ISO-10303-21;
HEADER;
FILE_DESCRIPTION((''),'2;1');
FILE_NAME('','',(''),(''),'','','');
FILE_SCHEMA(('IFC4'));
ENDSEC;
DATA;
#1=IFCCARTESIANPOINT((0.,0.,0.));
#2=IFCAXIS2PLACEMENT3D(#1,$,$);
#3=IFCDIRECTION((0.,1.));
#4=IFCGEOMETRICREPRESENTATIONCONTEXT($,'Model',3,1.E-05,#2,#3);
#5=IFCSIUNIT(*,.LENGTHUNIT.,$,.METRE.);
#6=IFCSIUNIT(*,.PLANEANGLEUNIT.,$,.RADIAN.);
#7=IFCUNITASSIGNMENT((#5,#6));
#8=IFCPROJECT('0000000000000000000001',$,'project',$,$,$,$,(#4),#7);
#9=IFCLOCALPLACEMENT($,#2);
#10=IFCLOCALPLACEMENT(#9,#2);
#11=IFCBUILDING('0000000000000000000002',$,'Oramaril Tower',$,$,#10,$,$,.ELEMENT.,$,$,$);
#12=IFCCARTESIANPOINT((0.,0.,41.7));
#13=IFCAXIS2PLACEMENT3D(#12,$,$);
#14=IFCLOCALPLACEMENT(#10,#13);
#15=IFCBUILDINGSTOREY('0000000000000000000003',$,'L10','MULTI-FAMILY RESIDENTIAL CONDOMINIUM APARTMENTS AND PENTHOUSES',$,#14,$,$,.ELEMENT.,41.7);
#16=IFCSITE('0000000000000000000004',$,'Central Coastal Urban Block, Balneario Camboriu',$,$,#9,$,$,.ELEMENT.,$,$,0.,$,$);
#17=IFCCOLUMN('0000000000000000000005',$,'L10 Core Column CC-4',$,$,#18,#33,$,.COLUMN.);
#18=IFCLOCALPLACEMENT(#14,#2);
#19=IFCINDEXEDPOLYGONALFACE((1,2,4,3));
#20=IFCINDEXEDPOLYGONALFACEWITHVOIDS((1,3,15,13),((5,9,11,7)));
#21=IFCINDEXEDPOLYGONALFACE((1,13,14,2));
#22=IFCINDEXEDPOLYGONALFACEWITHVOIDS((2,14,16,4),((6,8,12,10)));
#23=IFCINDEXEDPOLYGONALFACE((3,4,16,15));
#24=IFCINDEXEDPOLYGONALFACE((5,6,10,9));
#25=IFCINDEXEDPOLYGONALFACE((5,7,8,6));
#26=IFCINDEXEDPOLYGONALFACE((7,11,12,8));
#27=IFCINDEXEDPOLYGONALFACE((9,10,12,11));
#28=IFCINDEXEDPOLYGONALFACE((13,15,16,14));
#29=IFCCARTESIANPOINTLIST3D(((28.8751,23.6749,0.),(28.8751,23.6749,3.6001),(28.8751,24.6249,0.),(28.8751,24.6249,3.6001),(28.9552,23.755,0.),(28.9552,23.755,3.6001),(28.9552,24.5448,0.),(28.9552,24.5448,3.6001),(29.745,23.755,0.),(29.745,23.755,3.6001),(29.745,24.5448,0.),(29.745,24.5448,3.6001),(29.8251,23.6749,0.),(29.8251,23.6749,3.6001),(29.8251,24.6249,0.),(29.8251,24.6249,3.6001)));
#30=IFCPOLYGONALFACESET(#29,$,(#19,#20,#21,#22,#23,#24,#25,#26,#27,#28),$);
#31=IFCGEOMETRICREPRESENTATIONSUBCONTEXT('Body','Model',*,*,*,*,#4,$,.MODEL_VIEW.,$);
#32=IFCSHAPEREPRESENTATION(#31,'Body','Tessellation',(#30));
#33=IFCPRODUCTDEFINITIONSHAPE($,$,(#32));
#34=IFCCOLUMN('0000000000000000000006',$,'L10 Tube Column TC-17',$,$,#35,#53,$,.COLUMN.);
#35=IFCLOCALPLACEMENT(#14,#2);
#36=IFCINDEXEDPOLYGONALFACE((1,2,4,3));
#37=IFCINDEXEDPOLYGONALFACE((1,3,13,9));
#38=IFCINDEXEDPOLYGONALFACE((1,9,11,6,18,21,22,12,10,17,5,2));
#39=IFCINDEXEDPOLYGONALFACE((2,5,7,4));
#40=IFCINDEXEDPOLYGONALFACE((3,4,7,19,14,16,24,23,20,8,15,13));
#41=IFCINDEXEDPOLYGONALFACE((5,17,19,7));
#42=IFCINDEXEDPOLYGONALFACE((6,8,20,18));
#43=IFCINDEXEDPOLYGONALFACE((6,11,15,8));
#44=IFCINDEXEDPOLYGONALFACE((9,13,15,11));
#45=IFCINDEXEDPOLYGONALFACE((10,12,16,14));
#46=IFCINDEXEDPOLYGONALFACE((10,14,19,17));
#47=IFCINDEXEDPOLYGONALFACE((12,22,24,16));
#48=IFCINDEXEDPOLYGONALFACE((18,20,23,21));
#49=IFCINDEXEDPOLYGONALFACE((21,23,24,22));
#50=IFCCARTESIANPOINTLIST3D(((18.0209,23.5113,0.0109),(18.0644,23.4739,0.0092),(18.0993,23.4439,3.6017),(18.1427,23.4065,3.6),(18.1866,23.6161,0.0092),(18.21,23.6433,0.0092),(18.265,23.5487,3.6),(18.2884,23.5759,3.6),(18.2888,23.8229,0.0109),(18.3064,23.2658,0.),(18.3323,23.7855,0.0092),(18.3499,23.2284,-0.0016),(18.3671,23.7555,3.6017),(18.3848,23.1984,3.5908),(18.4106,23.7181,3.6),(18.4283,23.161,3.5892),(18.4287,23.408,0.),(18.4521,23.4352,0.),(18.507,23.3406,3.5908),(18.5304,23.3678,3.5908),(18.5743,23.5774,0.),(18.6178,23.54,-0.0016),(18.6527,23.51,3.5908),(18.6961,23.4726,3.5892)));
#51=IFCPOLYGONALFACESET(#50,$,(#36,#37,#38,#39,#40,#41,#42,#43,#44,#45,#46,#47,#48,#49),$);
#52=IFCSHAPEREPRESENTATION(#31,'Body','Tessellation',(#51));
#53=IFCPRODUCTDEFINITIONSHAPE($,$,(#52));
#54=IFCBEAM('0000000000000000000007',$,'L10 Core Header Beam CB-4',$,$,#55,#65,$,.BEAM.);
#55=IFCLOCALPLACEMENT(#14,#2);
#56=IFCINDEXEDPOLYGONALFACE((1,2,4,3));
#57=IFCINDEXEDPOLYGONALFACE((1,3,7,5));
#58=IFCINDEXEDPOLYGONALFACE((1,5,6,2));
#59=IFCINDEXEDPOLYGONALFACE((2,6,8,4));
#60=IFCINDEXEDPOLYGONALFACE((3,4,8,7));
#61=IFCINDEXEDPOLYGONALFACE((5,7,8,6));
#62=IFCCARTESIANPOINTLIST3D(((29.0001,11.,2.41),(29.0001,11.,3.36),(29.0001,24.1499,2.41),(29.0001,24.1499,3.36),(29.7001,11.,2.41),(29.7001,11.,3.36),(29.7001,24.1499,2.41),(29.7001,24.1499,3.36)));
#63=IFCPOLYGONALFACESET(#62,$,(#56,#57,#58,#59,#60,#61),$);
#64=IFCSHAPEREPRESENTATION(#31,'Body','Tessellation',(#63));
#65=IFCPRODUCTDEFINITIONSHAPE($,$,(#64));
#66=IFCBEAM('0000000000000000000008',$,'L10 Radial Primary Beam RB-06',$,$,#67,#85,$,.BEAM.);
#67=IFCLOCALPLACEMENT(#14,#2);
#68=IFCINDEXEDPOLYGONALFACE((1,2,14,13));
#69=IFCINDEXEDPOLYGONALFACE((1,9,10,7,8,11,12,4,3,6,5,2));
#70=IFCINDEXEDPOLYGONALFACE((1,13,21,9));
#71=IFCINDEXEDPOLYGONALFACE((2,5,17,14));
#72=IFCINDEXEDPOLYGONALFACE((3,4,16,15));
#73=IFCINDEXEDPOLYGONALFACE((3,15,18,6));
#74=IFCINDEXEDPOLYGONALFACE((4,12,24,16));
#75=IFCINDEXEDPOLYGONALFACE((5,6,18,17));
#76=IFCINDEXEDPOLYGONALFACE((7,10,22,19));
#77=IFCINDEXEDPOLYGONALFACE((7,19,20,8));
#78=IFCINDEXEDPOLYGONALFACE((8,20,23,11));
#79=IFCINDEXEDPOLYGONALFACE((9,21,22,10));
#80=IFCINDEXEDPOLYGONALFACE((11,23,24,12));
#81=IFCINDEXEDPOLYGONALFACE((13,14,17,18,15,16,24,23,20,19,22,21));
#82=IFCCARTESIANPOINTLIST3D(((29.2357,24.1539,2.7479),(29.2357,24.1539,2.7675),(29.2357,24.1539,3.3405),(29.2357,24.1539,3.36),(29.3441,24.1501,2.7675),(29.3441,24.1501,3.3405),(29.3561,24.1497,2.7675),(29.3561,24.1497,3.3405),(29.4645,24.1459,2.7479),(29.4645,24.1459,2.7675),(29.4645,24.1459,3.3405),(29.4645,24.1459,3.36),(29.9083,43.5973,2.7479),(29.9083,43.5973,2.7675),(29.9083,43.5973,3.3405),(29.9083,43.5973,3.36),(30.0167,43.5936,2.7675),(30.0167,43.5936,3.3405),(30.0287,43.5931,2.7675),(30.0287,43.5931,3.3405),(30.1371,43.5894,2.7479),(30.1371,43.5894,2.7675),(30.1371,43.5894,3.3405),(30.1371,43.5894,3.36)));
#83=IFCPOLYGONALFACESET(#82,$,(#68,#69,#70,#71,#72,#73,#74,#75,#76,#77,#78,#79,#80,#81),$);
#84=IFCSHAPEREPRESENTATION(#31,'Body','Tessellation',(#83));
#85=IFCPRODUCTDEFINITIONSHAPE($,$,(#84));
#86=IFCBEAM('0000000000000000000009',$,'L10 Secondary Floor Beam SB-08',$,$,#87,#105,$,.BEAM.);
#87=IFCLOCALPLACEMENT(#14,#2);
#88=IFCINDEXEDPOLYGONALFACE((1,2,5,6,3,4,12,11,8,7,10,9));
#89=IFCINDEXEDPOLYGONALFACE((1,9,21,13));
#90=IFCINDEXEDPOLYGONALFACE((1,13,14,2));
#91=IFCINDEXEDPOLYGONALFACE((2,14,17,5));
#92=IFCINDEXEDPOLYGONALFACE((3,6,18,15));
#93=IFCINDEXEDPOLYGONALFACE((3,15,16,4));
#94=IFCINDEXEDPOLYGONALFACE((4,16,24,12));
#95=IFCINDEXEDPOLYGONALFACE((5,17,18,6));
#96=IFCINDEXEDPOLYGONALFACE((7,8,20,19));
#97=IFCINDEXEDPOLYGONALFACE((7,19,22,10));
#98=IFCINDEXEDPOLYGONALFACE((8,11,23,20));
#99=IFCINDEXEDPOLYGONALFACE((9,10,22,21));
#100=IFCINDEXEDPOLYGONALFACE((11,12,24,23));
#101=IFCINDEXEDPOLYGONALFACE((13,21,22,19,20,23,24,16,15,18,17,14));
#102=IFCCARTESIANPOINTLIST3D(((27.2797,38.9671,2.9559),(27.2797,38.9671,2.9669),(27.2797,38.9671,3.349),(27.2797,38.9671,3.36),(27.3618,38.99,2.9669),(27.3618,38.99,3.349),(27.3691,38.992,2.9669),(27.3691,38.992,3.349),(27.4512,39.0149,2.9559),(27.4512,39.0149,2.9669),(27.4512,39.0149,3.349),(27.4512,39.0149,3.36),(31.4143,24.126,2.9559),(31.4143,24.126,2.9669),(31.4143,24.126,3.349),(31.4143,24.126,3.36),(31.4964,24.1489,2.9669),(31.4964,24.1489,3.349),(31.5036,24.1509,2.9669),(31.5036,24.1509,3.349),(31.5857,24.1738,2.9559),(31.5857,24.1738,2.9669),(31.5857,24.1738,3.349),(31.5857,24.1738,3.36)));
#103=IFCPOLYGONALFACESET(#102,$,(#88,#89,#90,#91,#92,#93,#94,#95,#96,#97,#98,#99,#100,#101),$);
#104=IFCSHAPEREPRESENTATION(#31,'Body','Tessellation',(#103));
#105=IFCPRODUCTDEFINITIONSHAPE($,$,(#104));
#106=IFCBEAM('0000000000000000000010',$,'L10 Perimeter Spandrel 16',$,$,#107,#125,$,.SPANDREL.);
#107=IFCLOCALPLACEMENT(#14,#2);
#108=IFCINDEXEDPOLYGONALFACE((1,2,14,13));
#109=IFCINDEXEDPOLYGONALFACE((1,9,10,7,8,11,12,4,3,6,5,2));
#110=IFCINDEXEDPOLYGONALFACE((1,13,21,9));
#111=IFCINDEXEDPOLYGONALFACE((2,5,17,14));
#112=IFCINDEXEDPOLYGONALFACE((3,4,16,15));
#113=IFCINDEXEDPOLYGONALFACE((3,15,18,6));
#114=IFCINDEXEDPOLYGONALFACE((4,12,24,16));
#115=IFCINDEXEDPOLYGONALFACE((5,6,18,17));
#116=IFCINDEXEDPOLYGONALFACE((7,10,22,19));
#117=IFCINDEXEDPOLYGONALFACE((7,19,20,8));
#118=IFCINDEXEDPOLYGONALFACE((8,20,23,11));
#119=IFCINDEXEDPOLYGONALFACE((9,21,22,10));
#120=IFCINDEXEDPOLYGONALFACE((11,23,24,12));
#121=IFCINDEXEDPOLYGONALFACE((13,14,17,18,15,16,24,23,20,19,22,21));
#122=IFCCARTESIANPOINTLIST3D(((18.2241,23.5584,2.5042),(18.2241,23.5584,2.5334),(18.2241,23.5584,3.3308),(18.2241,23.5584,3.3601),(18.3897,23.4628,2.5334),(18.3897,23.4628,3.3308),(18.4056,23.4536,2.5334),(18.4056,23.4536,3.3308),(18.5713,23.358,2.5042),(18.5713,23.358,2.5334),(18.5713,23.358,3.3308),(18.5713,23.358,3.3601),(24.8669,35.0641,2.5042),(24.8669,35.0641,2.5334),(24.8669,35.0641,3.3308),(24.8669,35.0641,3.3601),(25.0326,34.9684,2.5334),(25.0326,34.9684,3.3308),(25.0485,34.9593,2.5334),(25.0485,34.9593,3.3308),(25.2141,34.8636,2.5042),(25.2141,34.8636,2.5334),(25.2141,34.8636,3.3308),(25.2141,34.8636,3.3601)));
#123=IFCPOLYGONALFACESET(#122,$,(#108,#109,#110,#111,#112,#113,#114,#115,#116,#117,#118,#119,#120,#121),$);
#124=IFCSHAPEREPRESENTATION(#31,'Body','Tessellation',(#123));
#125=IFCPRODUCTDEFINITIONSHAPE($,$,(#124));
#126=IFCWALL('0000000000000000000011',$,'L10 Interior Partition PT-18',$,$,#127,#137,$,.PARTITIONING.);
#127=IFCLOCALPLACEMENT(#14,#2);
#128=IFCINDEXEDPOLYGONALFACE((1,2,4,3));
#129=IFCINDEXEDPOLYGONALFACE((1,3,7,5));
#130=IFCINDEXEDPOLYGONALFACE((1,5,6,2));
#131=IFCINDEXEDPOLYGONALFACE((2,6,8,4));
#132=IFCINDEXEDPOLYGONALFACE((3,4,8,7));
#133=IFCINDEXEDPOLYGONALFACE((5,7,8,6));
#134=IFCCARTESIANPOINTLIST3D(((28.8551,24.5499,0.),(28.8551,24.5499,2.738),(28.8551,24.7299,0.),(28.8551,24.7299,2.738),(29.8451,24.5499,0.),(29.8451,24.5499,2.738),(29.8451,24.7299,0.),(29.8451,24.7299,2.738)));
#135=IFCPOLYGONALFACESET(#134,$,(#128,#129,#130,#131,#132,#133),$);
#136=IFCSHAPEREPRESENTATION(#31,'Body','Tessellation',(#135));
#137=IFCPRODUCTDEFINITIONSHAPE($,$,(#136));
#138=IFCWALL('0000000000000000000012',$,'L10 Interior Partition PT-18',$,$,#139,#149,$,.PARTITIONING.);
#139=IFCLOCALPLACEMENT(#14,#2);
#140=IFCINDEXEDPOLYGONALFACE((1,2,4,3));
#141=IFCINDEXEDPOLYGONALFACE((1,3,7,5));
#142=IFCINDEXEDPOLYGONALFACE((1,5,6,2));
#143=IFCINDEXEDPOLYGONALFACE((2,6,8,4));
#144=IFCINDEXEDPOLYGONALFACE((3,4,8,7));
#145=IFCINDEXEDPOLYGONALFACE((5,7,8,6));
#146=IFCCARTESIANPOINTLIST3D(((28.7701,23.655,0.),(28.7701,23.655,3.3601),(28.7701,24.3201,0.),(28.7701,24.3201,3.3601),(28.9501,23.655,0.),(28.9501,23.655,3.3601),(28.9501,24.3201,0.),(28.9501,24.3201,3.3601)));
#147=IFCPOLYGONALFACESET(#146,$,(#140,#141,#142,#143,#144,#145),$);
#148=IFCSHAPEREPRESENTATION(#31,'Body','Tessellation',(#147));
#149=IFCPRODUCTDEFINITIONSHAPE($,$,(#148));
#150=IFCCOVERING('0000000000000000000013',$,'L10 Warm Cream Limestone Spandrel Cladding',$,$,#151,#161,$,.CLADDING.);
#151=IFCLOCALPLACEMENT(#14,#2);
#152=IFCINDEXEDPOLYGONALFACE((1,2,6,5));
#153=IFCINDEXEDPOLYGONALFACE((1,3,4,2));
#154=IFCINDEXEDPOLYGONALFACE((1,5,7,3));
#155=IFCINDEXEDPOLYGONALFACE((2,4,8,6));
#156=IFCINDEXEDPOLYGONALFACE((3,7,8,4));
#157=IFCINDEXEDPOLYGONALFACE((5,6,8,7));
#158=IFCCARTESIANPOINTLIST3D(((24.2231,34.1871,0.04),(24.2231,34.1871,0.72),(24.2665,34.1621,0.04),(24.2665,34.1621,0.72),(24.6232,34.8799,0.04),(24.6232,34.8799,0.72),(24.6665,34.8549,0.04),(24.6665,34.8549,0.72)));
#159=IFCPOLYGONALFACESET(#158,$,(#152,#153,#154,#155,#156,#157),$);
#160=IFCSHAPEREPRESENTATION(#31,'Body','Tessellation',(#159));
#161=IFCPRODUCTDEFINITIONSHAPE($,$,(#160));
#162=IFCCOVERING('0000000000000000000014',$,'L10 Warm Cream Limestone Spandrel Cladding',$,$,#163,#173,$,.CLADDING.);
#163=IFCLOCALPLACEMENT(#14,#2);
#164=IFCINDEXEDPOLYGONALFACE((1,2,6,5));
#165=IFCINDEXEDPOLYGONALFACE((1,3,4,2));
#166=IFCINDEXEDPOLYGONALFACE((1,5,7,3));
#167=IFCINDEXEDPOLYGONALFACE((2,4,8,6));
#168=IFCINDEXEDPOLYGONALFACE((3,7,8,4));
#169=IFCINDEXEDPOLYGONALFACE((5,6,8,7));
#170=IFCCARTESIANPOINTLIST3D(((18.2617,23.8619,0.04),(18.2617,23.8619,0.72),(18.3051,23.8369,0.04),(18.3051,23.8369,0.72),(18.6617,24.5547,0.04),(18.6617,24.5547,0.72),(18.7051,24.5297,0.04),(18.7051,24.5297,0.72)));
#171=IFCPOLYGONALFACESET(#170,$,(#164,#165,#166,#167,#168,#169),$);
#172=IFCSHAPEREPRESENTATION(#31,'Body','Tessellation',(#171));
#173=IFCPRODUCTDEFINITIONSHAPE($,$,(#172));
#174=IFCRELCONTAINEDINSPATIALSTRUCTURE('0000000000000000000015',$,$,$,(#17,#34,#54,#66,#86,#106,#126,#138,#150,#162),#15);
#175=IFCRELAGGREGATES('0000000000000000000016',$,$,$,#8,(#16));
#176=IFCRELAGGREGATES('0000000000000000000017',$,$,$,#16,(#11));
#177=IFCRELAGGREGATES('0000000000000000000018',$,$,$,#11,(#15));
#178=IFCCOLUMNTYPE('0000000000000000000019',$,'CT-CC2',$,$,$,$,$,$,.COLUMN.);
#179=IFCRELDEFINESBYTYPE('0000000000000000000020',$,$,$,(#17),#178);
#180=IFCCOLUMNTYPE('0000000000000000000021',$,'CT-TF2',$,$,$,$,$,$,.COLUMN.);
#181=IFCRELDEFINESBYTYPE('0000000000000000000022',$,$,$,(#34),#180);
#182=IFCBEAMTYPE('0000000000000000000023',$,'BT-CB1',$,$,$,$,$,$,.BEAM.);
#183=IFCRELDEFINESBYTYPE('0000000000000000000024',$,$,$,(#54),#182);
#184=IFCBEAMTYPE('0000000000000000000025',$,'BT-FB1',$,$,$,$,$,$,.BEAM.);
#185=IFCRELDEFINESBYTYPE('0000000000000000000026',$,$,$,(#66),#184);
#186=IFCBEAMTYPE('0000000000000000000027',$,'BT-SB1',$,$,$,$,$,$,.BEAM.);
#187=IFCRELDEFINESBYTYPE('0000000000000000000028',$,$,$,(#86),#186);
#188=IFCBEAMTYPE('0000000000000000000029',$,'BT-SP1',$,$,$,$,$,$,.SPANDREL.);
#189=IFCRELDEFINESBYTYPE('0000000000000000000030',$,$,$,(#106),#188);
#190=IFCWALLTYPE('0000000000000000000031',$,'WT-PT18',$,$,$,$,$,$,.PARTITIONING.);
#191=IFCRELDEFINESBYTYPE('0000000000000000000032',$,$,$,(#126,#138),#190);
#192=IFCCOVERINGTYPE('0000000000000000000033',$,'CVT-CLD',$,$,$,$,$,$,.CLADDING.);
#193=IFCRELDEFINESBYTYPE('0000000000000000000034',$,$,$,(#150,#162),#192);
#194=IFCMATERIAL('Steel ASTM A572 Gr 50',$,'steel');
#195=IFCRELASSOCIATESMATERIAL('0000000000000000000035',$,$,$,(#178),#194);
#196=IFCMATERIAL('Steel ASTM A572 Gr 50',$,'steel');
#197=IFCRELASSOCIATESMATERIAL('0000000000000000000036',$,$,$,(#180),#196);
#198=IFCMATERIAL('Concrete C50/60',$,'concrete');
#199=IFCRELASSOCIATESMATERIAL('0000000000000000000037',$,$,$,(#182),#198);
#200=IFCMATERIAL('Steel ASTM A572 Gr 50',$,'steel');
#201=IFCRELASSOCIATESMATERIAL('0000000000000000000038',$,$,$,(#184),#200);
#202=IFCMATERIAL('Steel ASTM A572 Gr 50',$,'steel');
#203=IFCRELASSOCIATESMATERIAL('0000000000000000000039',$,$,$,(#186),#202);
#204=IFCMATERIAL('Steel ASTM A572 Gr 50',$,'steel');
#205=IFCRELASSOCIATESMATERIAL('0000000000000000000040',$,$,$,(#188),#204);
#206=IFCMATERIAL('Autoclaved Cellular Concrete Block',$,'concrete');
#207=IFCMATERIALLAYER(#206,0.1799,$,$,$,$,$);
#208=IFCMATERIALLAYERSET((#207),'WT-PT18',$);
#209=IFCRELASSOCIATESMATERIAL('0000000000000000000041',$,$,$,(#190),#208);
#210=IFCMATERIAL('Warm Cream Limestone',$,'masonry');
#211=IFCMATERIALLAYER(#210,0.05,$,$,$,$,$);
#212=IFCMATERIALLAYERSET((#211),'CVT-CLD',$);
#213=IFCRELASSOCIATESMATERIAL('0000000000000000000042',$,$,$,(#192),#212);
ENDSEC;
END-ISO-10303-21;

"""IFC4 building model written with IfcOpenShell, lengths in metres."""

from ifc_helpers import new_model, si_unit, direction, frame, frame_2d, origin, origin_2d, place, context, subcontext, project, spatial, rectangle, hollow_rectangle, i_section, extrude, material, layer, layer_set, material_profile, profile_set, type_object, element, save


model = new_model("IFC4")

# Units and contexts
model_context = context("Model", 3, precision=1e-05, world=origin(), true_north=direction((0.0, 1.0)))
body_context = subcontext(model_context, "Body", "Model", "MODEL_VIEW")
ifc_project = project(units=[si_unit("LENGTHUNIT", "METRE"), si_unit("PLANEANGLEUNIT", "RADIAN")], contexts=[model_context])

# Site, building, storey
site_placement = place(None, origin())
site = spatial("IfcSite", under=ifc_project, at=site_placement, Name="Central Coastal Urban Block, Balneario Camboriu", CompositionType="ELEMENT", RefElevation=0.0)
building_placement = place(site_placement, origin())
building = spatial("IfcBuilding", under=site, at=building_placement, Name="Oramaril Tower", CompositionType="ELEMENT")
storey_placement = place(building_placement, frame((0.0, 0.0, 41.7)))
storey = spatial("IfcBuildingStorey", under=building, at=storey_placement, Name="L10", Description="MULTI-FAMILY RESIDENTIAL CONDOMINIUM APARTMENTS AND PENTHOUSES", CompositionType="ELEMENT", Elevation=41.7)

# Columns
ifc_material_1 = material(Name="Steel ASTM A572 Gr 50", Category="steel")
ifc_material_profile_1 = material_profile(ifc_material_1, hollow_rectangle(XDim=0.95, YDim=0.95, WallThickness=0.0801, at=origin_2d()), Name="BOX950X950X80")
ifc_profile_set_1 = profile_set([ifc_material_profile_1], Name="Steel ASTM A572 Gr 50")
column_type_1 = type_object("IfcColumnType", Name="CT-CC2", PredefinedType="COLUMN", material=ifc_profile_set_1)
column_1_placement = place(storey_placement, frame((29.3501, 24.1499, 0.0), z_axis=(0.0, 0.0, 1.0), x_axis=(1.0, 0.0, 0.0)))
element("IfcColumn", 1, at=column_1_placement, inside=storey, type_object=column_type_1, Name="L10 Core Column CC-4", PredefinedType="COLUMN", context=body_context, shape_type="SweptSolid", body=[
    extrude(hollow_rectangle(XDim=0.95, YDim=0.95, WallThickness=0.0801, at=origin_2d()), origin(), (0.0, 0.0, 1.0), 3.6001),
])
ifc_material_2 = material(Name="Steel ASTM A572 Gr 50", Category="steel")
ifc_material_profile_2 = material_profile(ifc_material_2, i_section(OverallWidth=0.4109, OverallDepth=0.4341, WebThickness=0.0359, FlangeThickness=0.0574, at=origin_2d()), Name="W14X311")
ifc_profile_set_2 = profile_set([ifc_material_profile_2], Name="Steel ASTM A572 Gr 50")
column_type_2 = type_object("IfcColumnType", Name="CT-TF2", PredefinedType="COLUMN", material=ifc_profile_set_2)
column_2_placement = place(storey_placement, frame((18.3193, 23.5256, 0.0046), z_axis=(0.021816, -0.018758, 0.999586), x_axis=(0.651958, 0.758255, 0.0)))
element("IfcColumn", 2, at=column_2_placement, inside=storey, type_object=column_type_2, Name="L10 Tube Column TC-17", PredefinedType="COLUMN", context=body_context, shape_type="SweptSolid", body=[
    extrude(i_section(OverallWidth=0.4109, OverallDepth=0.4341, WebThickness=0.0359, FlangeThickness=0.0574, at=origin_2d()), origin(), (0.0, 0.0, 1.0), 3.5923),
])

# Beams
ifc_material_3 = material(Name="Concrete C50/60", Category="concrete")
ifc_material_profile_3 = material_profile(ifc_material_3, rectangle(XDim=0.7, YDim=0.95, at=origin_2d()), Name="CB700X950")
ifc_profile_set_3 = profile_set([ifc_material_profile_3], Name="Concrete C50/60")
beam_type_1 = type_object("IfcBeamType", Name="BT-CB1", PredefinedType="BEAM", material=ifc_profile_set_3)
beam_1_placement = place(storey_placement, frame((29.3501, 24.1499, 2.885), z_axis=(0.0, -1.0, 0.0), x_axis=(1.0, 0.0, 0.0)))
element("IfcBeam", 3, at=beam_1_placement, inside=storey, type_object=beam_type_1, Name="L10 Core Header Beam CB-4", PredefinedType="BEAM", context=body_context, shape_type="SweptSolid", body=[
    extrude(rectangle(XDim=0.7, YDim=0.95, at=origin_2d()), origin(), (0.0, 0.0, 1.0), 13.1499),
])
ifc_material_4 = material(Name="Steel ASTM A572 Gr 50", Category="steel")
ifc_material_profile_4 = material_profile(ifc_material_4, i_section(OverallWidth=0.229, OverallDepth=0.6121, WebThickness=0.012, FlangeThickness=0.0195, at=origin_2d()), Name="W24X84")
ifc_profile_set_4 = profile_set([ifc_material_profile_4], Name="Steel ASTM A572 Gr 50")
beam_type_2 = type_object("IfcBeamType", Name="BT-FB1", PredefinedType="BEAM", material=ifc_profile_set_4)
beam_2_placement = place(storey_placement, frame((29.3501, 24.1499, 3.054), z_axis=(0.034572, 0.999402, 0.0), x_axis=(-0.999402, 0.034572, 0.0)))
element("IfcBeam", 4, at=beam_2_placement, inside=storey, type_object=beam_type_2, Name="L10 Radial Primary Beam RB-06", PredefinedType="BEAM", context=body_context, shape_type="SweptSolid", body=[
    extrude(i_section(OverallWidth=0.229, OverallDepth=0.6121, WebThickness=0.012, FlangeThickness=0.0195, at=origin_2d()), origin(), (0.0, 0.0, 1.0), 19.4551),
])
ifc_material_5 = material(Name="Steel ASTM A572 Gr 50", Category="steel")
ifc_material_profile_5 = material_profile(ifc_material_5, i_section(OverallWidth=0.178, OverallDepth=0.4041, WebThickness=0.0076, FlangeThickness=0.011, at=origin_2d()), Name="W16X36")
ifc_profile_set_5 = profile_set([ifc_material_profile_5], Name="Steel ASTM A572 Gr 50")
beam_type_3 = type_object("IfcBeamType", Name="BT-SB1", PredefinedType="BEAM", material=ifc_profile_set_5)
beam_3_placement = place(storey_placement, frame((31.5, 24.1499, 3.158), z_axis=(-0.268367, 0.963317, 0.0), x_axis=(-0.963317, -0.268367, 0.0)))
element("IfcBeam", 5, at=beam_3_placement, inside=storey, type_object=beam_type_3, Name="L10 Secondary Floor Beam SB-08", PredefinedType="BEAM", context=body_context, shape_type="SweptSolid", body=[
    extrude(i_section(OverallWidth=0.178, OverallDepth=0.4041, WebThickness=0.0076, FlangeThickness=0.011, at=origin_2d()), origin(), (0.0, 0.0, 1.0), 15.4062),
])
ifc_material_6 = material(Name="Steel ASTM A572 Gr 50", Category="steel")
ifc_material_profile_6 = material_profile(ifc_material_6, i_section(OverallWidth=0.4009, OverallDepth=0.856, WebThickness=0.0183, FlangeThickness=0.0293, at=origin_2d()), Name="W33X201")
ifc_profile_set_6 = profile_set([ifc_material_profile_6], Name="Steel ASTM A572 Gr 50")
beam_type_4 = type_object("IfcBeamType", Name="BT-SP1", PredefinedType="SPANDREL", material=ifc_profile_set_6)
beam_4_placement = place(storey_placement, frame((25.0405, 34.9639, 2.9321), z_axis=(-0.500003, -0.866024, 0.0), x_axis=(0.866024, -0.500003, 0.0)))
element("IfcBeam", 6, at=beam_4_placement, inside=storey, type_object=beam_type_4, Name="L10 Perimeter Spandrel 16", PredefinedType="SPANDREL", context=body_context, shape_type="SweptSolid", body=[
    extrude(i_section(OverallWidth=0.4009, OverallDepth=0.856, WebThickness=0.0183, FlangeThickness=0.0293, at=origin_2d()), origin(), (0.0, 0.0, 1.0), 13.2856),
])

# Wall
ifc_material_7 = material(Name="Autoclaved Cellular Concrete Block", Category="concrete")
ifc_layer_1 = layer(ifc_material_7, 0.1799)
ifc_layer_set_1 = layer_set([ifc_layer_1], Name="WT-PT18")
wall_type_1 = type_object("IfcWallType", Name="WT-PT18", PredefinedType="PARTITIONING", material=ifc_layer_set_1)
wall_1_placement = place(storey_placement, frame((28.855, 24.6399, 0.0), z_axis=(0.0, 0.0, 1.0), x_axis=(1.0, 0.0, 0.0)))
element("IfcWall", 7, at=wall_1_placement, inside=storey, type_object=wall_type_1, Name="L10 Interior Partition PT-18", PredefinedType="PARTITIONING", context=body_context, shape_type="SweptSolid", body=[
    extrude(rectangle(XDim=0.99, YDim=0.1799, at=frame_2d((0.4951, 0.0))), origin(), (0.0, 0.0, 1.0), 2.738),
])

# Wall
wall_2_placement = place(storey_placement, frame((28.8601, 23.655, 0.0), z_axis=(0.0, 0.0, 1.0), x_axis=(0.0, 1.0, 0.0)))
element("IfcWall", 8, at=wall_2_placement, inside=storey, type_object=wall_type_1, Name="L10 Interior Partition PT-18", PredefinedType="PARTITIONING", context=body_context, shape_type="SweptSolid", body=[
    extrude(rectangle(XDim=0.665, YDim=0.1799, at=frame_2d((0.3325, 0.0))), origin(), (0.0, 0.0, 1.0), 3.3601),
])

# Coverings
ifc_material_8 = material(Name="Warm Cream Limestone", Category="masonry")
ifc_layer_2 = layer(ifc_material_8, 0.05)
ifc_layer_set_2 = layer_set([ifc_layer_2], Name="CVT-CLD")
covering_type = type_object("IfcCoveringType", Name="CVT-CLD", PredefinedType="CLADDING", material=ifc_layer_set_2)
for number, where, z_axis, x_axis, name in (
    (9, (24.4448, 34.521, 0.04), (0.0, 0.0, 1.0), (-0.5, -0.866025, 0.0), "L10 Warm Cream Limestone Spandrel Cladding"),
    (10, (18.4834, 24.1958, 0.04), (0.0, 0.0, 1.0), (-0.5, -0.866025, 0.0), "L10 Warm Cream Limestone Spandrel Cladding"),
):
    element("IfcCovering", number, at=place(storey_placement, frame(where, z_axis=z_axis, x_axis=x_axis)), inside=storey, type_object=covering_type, Name=name, PredefinedType="CLADDING", context=body_context, shape_type="SweptSolid", body=[
        extrude(rectangle(XDim=0.8, YDim=0.05, at=origin_2d()), origin(), (0.0, 0.0, 1.0), 0.6799),
    ])

save(model, "model.ifc")
